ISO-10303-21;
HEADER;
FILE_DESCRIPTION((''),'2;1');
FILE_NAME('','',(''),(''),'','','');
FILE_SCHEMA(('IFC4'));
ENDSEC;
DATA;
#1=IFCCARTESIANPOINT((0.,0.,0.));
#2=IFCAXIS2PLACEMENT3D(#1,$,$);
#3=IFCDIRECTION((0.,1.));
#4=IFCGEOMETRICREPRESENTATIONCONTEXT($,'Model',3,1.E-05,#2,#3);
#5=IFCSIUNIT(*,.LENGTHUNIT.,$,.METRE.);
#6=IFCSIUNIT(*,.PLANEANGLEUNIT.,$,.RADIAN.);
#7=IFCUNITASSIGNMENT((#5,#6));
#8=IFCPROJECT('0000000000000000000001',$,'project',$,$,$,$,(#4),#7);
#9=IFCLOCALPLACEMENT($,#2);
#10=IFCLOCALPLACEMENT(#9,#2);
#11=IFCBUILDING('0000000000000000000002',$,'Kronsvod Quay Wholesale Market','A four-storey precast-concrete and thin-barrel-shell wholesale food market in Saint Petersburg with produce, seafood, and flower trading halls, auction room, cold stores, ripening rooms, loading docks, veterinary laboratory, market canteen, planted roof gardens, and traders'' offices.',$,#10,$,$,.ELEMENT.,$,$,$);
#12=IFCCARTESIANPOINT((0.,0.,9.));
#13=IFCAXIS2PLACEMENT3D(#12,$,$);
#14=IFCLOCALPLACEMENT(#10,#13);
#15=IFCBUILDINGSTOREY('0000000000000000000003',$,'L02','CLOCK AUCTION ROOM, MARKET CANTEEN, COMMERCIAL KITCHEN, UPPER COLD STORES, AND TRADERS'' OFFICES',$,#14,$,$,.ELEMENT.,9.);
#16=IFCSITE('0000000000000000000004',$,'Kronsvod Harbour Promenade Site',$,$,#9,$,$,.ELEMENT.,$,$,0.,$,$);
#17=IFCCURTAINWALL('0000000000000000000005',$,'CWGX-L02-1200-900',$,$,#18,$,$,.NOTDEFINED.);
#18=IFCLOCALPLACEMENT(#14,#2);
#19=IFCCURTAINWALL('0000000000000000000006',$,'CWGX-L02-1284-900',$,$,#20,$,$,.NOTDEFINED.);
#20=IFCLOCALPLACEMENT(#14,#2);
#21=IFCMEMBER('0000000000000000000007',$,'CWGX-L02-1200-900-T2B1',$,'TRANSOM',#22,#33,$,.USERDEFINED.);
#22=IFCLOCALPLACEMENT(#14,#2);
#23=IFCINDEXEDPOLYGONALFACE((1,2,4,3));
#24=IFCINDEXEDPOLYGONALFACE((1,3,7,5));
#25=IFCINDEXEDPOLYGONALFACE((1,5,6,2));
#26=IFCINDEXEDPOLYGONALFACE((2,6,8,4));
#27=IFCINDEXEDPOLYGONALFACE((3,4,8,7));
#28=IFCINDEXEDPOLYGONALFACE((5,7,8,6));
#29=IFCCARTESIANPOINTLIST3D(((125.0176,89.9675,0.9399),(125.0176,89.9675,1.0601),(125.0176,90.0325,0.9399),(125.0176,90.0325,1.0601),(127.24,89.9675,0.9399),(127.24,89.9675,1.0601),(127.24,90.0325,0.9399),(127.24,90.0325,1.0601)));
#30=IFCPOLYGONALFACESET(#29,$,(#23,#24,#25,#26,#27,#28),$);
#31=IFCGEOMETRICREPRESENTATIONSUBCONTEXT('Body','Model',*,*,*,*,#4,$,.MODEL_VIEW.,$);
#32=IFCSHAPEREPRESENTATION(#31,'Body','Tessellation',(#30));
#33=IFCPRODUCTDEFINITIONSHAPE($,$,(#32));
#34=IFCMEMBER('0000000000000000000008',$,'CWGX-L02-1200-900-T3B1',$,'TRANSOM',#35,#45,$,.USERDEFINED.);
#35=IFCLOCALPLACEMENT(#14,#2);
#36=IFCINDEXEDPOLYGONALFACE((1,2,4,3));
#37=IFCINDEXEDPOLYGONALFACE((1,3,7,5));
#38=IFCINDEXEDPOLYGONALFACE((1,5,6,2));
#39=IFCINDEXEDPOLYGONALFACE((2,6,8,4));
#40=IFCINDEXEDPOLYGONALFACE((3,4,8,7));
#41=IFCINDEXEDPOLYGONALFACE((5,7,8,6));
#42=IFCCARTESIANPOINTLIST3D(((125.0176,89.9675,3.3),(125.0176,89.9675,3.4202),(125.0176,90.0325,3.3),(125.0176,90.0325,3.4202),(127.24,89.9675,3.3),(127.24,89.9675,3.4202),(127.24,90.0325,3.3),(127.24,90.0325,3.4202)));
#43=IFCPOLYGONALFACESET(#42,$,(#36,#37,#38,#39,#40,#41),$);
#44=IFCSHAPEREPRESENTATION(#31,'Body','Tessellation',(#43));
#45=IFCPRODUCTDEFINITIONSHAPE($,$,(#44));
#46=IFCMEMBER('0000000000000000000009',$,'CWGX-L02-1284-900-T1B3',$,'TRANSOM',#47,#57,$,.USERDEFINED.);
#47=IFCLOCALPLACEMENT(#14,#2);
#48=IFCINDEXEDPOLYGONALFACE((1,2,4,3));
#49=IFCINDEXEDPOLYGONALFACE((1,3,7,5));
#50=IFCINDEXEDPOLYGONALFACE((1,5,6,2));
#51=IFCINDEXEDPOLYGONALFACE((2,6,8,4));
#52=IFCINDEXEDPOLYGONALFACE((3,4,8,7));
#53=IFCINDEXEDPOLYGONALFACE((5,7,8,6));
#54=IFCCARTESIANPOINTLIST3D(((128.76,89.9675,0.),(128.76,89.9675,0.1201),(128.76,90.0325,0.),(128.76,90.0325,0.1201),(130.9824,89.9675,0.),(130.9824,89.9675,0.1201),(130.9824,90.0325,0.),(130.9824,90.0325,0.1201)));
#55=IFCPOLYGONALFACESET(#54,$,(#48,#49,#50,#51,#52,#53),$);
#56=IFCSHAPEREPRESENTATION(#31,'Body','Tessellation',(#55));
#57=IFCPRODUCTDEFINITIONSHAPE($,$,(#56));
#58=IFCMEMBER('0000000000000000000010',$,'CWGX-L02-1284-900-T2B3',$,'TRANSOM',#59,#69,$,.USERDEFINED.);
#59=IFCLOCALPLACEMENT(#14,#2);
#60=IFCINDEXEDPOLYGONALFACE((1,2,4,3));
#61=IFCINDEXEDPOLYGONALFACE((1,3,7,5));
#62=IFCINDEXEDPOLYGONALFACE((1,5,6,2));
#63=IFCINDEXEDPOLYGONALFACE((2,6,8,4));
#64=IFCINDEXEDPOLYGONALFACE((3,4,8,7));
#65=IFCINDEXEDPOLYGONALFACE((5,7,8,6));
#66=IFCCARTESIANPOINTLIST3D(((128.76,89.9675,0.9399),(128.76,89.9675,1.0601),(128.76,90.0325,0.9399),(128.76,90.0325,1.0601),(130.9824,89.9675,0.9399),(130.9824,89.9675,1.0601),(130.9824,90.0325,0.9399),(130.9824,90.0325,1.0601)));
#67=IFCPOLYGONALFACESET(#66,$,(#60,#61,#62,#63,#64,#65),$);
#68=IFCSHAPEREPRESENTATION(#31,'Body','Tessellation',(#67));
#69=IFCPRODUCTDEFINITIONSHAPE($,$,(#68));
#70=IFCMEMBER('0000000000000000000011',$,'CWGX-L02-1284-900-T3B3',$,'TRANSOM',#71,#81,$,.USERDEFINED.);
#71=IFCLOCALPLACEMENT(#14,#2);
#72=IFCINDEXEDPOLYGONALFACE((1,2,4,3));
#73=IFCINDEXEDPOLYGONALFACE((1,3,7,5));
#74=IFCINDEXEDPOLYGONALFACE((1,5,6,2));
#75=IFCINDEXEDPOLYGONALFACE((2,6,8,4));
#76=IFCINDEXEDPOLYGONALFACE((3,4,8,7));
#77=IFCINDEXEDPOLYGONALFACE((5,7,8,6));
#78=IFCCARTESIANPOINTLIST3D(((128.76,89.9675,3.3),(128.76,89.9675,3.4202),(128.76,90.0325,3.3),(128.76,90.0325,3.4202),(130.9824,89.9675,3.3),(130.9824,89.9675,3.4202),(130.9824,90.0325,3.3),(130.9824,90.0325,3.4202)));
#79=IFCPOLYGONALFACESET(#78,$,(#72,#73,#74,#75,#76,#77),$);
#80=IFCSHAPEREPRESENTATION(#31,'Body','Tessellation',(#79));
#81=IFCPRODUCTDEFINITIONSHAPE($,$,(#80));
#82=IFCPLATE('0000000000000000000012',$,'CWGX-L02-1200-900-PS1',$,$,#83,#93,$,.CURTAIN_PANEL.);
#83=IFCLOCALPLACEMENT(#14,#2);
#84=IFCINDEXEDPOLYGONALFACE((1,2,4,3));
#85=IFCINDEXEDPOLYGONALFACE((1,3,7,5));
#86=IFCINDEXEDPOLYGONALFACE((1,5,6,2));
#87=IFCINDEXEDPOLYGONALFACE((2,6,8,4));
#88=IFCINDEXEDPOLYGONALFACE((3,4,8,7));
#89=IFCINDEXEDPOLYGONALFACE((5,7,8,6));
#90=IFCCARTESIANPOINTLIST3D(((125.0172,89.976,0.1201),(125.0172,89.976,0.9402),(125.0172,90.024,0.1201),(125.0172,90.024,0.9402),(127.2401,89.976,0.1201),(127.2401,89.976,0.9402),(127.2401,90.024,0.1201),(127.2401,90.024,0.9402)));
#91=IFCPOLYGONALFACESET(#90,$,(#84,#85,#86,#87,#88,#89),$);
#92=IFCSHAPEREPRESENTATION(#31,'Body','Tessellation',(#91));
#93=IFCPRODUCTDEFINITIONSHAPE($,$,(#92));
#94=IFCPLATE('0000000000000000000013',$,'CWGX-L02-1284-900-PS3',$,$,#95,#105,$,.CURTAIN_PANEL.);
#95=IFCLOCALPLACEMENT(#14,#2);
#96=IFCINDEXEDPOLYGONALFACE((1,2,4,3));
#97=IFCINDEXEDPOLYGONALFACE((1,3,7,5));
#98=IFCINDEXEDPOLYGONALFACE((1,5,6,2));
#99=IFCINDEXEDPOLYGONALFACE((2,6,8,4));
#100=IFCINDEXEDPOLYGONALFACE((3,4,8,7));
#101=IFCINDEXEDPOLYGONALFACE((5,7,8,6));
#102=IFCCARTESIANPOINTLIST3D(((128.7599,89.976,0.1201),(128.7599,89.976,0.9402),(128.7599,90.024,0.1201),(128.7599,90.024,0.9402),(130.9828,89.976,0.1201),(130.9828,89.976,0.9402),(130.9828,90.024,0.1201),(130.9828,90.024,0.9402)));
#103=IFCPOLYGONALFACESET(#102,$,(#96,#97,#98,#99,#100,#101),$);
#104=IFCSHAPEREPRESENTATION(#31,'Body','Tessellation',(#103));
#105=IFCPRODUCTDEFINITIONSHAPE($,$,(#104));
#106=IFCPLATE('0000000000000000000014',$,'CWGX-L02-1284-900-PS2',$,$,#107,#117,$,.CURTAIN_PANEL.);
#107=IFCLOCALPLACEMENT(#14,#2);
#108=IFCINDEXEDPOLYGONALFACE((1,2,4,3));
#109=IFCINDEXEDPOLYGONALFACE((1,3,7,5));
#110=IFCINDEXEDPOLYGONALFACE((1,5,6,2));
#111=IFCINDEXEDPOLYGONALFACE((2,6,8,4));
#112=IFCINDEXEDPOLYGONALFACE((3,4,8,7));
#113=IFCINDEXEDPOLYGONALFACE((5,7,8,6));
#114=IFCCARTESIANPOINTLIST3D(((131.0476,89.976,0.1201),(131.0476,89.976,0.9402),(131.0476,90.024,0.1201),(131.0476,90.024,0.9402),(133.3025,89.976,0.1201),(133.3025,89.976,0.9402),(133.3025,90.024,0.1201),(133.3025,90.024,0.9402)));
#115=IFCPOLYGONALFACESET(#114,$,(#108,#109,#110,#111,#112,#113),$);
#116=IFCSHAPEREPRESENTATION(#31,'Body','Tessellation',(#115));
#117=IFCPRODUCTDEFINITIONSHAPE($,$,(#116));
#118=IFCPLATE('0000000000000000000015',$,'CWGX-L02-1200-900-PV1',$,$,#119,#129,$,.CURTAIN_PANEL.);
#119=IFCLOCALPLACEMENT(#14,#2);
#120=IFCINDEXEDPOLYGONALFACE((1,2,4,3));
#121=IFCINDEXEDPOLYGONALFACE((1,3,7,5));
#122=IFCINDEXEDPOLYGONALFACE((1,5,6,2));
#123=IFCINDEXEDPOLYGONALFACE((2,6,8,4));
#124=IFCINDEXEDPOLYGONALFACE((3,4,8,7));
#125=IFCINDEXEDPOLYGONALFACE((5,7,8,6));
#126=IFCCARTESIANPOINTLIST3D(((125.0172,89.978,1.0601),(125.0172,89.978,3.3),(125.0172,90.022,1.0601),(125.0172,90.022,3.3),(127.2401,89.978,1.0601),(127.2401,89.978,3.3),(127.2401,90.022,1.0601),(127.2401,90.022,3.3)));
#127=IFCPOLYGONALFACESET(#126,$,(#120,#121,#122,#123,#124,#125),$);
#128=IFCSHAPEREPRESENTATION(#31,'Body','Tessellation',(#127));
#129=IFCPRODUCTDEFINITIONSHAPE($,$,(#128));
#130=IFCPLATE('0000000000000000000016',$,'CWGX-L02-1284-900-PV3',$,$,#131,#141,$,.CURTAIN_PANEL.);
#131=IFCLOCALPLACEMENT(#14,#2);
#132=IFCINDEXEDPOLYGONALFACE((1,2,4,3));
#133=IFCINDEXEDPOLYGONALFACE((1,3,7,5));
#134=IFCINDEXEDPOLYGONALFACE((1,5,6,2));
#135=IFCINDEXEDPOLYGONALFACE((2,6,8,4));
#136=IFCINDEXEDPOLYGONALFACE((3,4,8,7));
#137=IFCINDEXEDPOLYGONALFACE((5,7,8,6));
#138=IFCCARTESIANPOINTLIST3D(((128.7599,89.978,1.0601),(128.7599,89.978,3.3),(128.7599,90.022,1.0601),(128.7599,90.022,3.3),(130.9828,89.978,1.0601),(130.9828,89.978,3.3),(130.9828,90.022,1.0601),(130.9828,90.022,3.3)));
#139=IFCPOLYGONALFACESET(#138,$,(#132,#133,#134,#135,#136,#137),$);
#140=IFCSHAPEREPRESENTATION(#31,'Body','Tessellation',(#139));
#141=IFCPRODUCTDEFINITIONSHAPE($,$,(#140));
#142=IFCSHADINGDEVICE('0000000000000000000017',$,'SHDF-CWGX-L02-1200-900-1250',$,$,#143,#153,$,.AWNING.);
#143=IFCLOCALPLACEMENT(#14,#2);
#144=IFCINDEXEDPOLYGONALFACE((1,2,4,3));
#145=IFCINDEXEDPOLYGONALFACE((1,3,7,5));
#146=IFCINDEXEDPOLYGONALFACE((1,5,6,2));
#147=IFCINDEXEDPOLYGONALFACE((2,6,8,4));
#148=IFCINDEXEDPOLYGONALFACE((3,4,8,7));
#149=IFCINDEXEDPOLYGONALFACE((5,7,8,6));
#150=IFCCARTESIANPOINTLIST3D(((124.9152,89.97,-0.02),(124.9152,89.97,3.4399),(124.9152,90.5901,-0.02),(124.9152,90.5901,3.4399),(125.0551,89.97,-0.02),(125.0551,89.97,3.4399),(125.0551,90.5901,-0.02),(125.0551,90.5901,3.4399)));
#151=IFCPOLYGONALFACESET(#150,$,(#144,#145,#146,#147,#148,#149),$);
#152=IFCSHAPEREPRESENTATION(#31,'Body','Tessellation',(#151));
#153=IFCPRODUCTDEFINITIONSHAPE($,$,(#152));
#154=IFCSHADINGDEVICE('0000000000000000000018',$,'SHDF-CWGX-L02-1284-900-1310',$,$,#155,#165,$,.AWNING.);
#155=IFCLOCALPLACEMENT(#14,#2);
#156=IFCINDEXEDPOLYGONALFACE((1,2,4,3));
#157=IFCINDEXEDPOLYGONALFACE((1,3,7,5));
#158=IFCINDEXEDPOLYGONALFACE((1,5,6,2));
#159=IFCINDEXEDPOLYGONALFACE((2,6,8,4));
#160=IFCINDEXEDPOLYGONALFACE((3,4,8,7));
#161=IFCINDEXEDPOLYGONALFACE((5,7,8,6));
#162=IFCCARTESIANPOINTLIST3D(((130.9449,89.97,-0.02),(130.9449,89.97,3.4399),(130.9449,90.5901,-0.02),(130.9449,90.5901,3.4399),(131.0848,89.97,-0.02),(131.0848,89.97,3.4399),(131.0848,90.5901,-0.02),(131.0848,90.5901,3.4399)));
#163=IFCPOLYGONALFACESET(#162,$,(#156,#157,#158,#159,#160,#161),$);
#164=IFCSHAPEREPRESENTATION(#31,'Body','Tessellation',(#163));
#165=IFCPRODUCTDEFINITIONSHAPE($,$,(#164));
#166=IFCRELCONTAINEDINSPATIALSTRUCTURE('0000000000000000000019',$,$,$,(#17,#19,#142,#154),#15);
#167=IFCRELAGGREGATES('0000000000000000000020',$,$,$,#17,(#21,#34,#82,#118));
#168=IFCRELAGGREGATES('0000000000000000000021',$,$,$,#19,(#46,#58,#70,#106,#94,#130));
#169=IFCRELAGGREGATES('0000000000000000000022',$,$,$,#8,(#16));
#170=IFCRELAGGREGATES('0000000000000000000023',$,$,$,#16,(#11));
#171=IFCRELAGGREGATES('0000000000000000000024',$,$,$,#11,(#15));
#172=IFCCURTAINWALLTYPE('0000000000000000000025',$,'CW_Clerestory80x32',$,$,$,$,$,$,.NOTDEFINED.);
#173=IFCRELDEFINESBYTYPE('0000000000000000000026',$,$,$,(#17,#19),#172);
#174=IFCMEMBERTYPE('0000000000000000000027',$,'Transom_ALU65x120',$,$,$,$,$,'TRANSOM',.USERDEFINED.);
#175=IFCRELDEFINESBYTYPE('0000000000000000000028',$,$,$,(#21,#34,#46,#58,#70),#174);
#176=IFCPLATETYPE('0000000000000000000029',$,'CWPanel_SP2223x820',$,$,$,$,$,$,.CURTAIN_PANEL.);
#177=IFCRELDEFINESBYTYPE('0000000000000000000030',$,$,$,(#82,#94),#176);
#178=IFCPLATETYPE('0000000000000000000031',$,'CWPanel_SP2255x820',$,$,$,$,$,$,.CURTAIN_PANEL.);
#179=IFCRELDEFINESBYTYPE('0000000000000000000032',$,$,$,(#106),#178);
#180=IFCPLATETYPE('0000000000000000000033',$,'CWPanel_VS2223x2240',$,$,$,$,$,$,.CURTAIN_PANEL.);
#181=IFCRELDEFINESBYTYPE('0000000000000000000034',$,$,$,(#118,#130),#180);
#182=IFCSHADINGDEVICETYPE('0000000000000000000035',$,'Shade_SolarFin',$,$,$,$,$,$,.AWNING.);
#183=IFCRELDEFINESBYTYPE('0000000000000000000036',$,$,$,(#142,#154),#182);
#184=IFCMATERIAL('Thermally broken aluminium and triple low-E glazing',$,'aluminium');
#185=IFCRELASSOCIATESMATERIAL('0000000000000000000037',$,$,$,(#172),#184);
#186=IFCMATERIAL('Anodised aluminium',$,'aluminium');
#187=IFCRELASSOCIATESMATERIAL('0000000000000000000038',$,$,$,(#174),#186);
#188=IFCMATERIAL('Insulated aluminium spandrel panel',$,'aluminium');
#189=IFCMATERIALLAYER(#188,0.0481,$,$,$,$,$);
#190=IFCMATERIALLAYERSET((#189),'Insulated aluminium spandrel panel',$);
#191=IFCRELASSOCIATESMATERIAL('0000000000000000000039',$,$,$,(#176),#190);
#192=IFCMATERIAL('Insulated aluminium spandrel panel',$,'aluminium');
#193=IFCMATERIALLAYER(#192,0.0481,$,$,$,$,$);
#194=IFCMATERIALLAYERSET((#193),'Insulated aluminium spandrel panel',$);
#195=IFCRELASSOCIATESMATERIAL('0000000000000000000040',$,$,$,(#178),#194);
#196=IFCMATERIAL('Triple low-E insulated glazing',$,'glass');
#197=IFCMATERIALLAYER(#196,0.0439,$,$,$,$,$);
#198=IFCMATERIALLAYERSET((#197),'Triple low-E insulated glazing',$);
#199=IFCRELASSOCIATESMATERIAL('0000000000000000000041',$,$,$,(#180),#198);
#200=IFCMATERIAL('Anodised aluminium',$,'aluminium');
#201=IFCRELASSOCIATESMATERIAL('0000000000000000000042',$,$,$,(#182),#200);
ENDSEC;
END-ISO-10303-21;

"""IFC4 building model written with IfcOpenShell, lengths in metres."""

from ifc_helpers import new_model, si_unit, direction, frame, origin, origin_2d, place, context, subcontext, project, spatial, rectangle, extrude, material, layer, layer_set, material_profile, profile_set, type_object, element, aggregate, save


model = new_model("IFC4")

# Units and contexts
model_context = context("Model", 3, precision=1e-05, world=origin(), true_north=direction((0.0, 1.0)))
body_context = subcontext(model_context, "Body", "Model", "MODEL_VIEW")
ifc_project = project(units=[si_unit("LENGTHUNIT", "METRE"), si_unit("PLANEANGLEUNIT", "RADIAN")], contexts=[model_context])

# Site, building, storey
site_placement = place(None, origin())
site = spatial("IfcSite", under=ifc_project, at=site_placement, Name="Kronsvod Harbour Promenade Site", CompositionType="ELEMENT", RefElevation=0.0)
building_placement = place(site_placement, origin())
building = spatial("IfcBuilding", under=site, at=building_placement, Name="Kronsvod Quay Wholesale Market", Description="A four-storey precast-concrete and thin-barrel-shell wholesale food market in Saint Petersburg with produce, seafood, and flower trading halls, auction room, cold stores, ripening rooms, loading docks, veterinary laboratory, market canteen, planted roof gardens, and traders' offices.", CompositionType="ELEMENT")
storey_placement = place(building_placement, frame((0.0, 0.0, 9.0)))
storey = spatial("IfcBuildingStorey", under=building, at=storey_placement, Name="L02", Description="CLOCK AUCTION ROOM, MARKET CANTEEN, COMMERCIAL KITCHEN, UPPER COLD STORES, AND TRADERS' OFFICES", CompositionType="ELEMENT", Elevation=9.0)

# Curtain walls
ifc_material_1 = material(Name="Thermally broken aluminium and triple low-E glazing", Category="aluminium")
curtain_wall_type = type_object("IfcCurtainWallType", Name="CW_Clerestory80x32", PredefinedType="NOTDEFINED", material=ifc_material_1)
curtain_wall_1_placement = place(storey_placement, origin())
curtain_wall_1 = element("IfcCurtainWall", 1, at=curtain_wall_1_placement, inside=storey, type_object=curtain_wall_type, Name="CWGX-L02-1200-900", PredefinedType="NOTDEFINED")
curtain_wall_2_placement = place(storey_placement, origin())
curtain_wall_2 = element("IfcCurtainWall", 2, at=curtain_wall_2_placement, inside=storey, type_object=curtain_wall_type, Name="CWGX-L02-1284-900", PredefinedType="NOTDEFINED")

# Members
ifc_material_2 = material(Name="Anodised aluminium", Category="aluminium")
ifc_material_profile_1 = material_profile(ifc_material_2, rectangle(XDim=0.0649, YDim=0.1201, at=origin_2d()), Name="ALUT65x120")
ifc_profile_set_1 = profile_set([ifc_material_profile_1], Name="Anodised aluminium")
member_type_1 = type_object("IfcMemberType", Name="Transom_ALU65x120", ElementType="TRANSOM", PredefinedType="USERDEFINED", material=ifc_profile_set_1)
member_1_placement = place(storey_placement, frame((127.24, 90.0, 1.0), z_axis=(-1.0, 0.0, 0.0), x_axis=(0.0, -1.0, 0.0)))
member_1 = element("IfcMember", 3, at=member_1_placement, type_object=member_type_1, Name="CWGX-L02-1200-900-T2B1", ObjectType="TRANSOM", PredefinedType="USERDEFINED", context=body_context, shape_type="SweptSolid", body=[
    extrude(rectangle(XDim=0.0649, YDim=0.1201, at=origin_2d()), origin(), (0.0, 0.0, 1.0), 2.2224),
])
member_2_placement = place(storey_placement, frame((127.24, 90.0, 3.3601), z_axis=(-1.0, 0.0, 0.0), x_axis=(0.0, -1.0, 0.0)))
member_2 = element("IfcMember", 4, at=member_2_placement, type_object=member_type_1, Name="CWGX-L02-1200-900-T3B1", ObjectType="TRANSOM", PredefinedType="USERDEFINED", context=body_context, shape_type="SweptSolid", body=[
    extrude(rectangle(XDim=0.0649, YDim=0.1201, at=origin_2d()), origin(), (0.0, 0.0, 1.0), 2.2224),
])
member_3_placement = place(storey_placement, frame((130.9824, 90.0, 0.0601), z_axis=(-1.0, 0.0, 0.0), x_axis=(0.0, -1.0, 0.0)))
member_3 = element("IfcMember", 5, at=member_3_placement, type_object=member_type_1, Name="CWGX-L02-1284-900-T1B3", ObjectType="TRANSOM", PredefinedType="USERDEFINED", context=body_context, shape_type="SweptSolid", body=[
    extrude(rectangle(XDim=0.0649, YDim=0.1201, at=origin_2d()), origin(), (0.0, 0.0, 1.0), 2.2224),
])
member_4_placement = place(storey_placement, frame((130.9824, 90.0, 1.0), z_axis=(-1.0, 0.0, 0.0), x_axis=(0.0, -1.0, 0.0)))
member_4 = element("IfcMember", 6, at=member_4_placement, type_object=member_type_1, Name="CWGX-L02-1284-900-T2B3", ObjectType="TRANSOM", PredefinedType="USERDEFINED", context=body_context, shape_type="SweptSolid", body=[
    extrude(rectangle(XDim=0.0649, YDim=0.1201, at=origin_2d()), origin(), (0.0, 0.0, 1.0), 2.2224),
])
member_5_placement = place(storey_placement, frame((130.9824, 90.0, 3.3601), z_axis=(-1.0, 0.0, 0.0), x_axis=(0.0, -1.0, 0.0)))
member_5 = element("IfcMember", 7, at=member_5_placement, type_object=member_type_1, Name="CWGX-L02-1284-900-T3B3", ObjectType="TRANSOM", PredefinedType="USERDEFINED", context=body_context, shape_type="SweptSolid", body=[
    extrude(rectangle(XDim=0.0649, YDim=0.1201, at=origin_2d()), origin(), (0.0, 0.0, 1.0), 2.2224),
])

# Plates
ifc_material_3 = material(Name="Insulated aluminium spandrel panel", Category="aluminium")
ifc_layer_1 = layer(ifc_material_3, 0.0481)
ifc_layer_set_1 = layer_set([ifc_layer_1], Name="Insulated aluminium spandrel panel")
plate_type_1 = type_object("IfcPlateType", Name="CWPanel_SP2223x820", PredefinedType="CURTAIN_PANEL", material=ifc_layer_set_1)
plate_1_placement = place(storey_placement, frame((126.1287, 90.0, 0.1201), z_axis=(0.0, 0.0, 1.0), x_axis=(-1.0, 0.0, 0.0)))
plate_1 = element("IfcPlate", 8, at=plate_1_placement, type_object=plate_type_1, Name="CWGX-L02-1200-900-PS1", PredefinedType="CURTAIN_PANEL", context=body_context, shape_type="SweptSolid", body=[
    extrude(rectangle(XDim=2.2229, YDim=0.0481, at=origin_2d()), origin(), (0.0, 0.0, 1.0), 0.8201),
])
plate_2_placement = place(storey_placement, frame((129.8713, 90.0, 0.1201), z_axis=(0.0, 0.0, 1.0), x_axis=(-1.0, 0.0, 0.0)))
plate_2 = element("IfcPlate", 9, at=plate_2_placement, type_object=plate_type_1, Name="CWGX-L02-1284-900-PS3", PredefinedType="CURTAIN_PANEL", context=body_context, shape_type="SweptSolid", body=[
    extrude(rectangle(XDim=2.2229, YDim=0.0481, at=origin_2d()), origin(), (0.0, 0.0, 1.0), 0.8201),
])
ifc_material_4 = material(Name="Insulated aluminium spandrel panel", Category="aluminium")
ifc_layer_2 = layer(ifc_material_4, 0.0481)
ifc_layer_set_2 = layer_set([ifc_layer_2], Name="Insulated aluminium spandrel panel")
plate_type_2 = type_object("IfcPlateType", Name="CWPanel_SP2255x820", PredefinedType="CURTAIN_PANEL", material=ifc_layer_set_2)
plate_3_placement = place(storey_placement, frame((132.175, 90.0, 0.1201), z_axis=(0.0, 0.0, 1.0), x_axis=(-1.0, 0.0, 0.0)))
plate_3 = element("IfcPlate", 10, at=plate_3_placement, type_object=plate_type_2, Name="CWGX-L02-1284-900-PS2", PredefinedType="CURTAIN_PANEL", context=body_context, shape_type="SweptSolid", body=[
    extrude(rectangle(XDim=2.2549, YDim=0.0481, at=origin_2d()), origin(), (0.0, 0.0, 1.0), 0.8201),
])
ifc_material_5 = material(Name="Triple low-E insulated glazing", Category="glass")
ifc_layer_3 = layer(ifc_material_5, 0.0439)
ifc_layer_set_3 = layer_set([ifc_layer_3], Name="Triple low-E insulated glazing")
plate_type_3 = type_object("IfcPlateType", Name="CWPanel_VS2223x2240", PredefinedType="CURTAIN_PANEL", material=ifc_layer_set_3)
plate_4_placement = place(storey_placement, frame((126.1287, 90.0, 1.0601), z_axis=(0.0, 0.0, 1.0), x_axis=(-1.0, 0.0, 0.0)))
plate_4 = element("IfcPlate", 11, at=plate_4_placement, type_object=plate_type_3, Name="CWGX-L02-1200-900-PV1", PredefinedType="CURTAIN_PANEL", context=body_context, shape_type="SweptSolid", body=[
    extrude(rectangle(XDim=2.2229, YDim=0.0439, at=origin_2d()), origin(), (0.0, 0.0, 1.0), 2.24),
])
aggregate(curtain_wall_1, [member_1, member_2, plate_1, plate_4])
plate_5_placement = place(storey_placement, frame((129.8713, 90.0, 1.0601), z_axis=(0.0, 0.0, 1.0), x_axis=(-1.0, 0.0, 0.0)))
plate_5 = element("IfcPlate", 12, at=plate_5_placement, type_object=plate_type_3, Name="CWGX-L02-1284-900-PV3", PredefinedType="CURTAIN_PANEL", context=body_context, shape_type="SweptSolid", body=[
    extrude(rectangle(XDim=2.2229, YDim=0.0439, at=origin_2d()), origin(), (0.0, 0.0, 1.0), 2.24),
])
aggregate(curtain_wall_2, [member_3, member_4, member_5, plate_3, plate_2, plate_5])

# Shading devices
ifc_material_6 = material(Name="Anodised aluminium", Category="aluminium")
shading_device_type = type_object("IfcShadingDeviceType", Name="Shade_SolarFin", PredefinedType="AWNING", material=ifc_material_6)
for number, where, z_axis, x_axis, name in (
    (13, (124.9851, 90.28, -0.02), (0.0, 0.0, 1.0), (1.0, 0.0, 0.0), "SHDF-CWGX-L02-1200-900-1250"),
    (14, (131.0149, 90.28, -0.02), (0.0, 0.0, 1.0), (1.0, 0.0, 0.0), "SHDF-CWGX-L02-1284-900-1310"),
):
    element("IfcShadingDevice", number, at=place(storey_placement, frame(where, z_axis=z_axis, x_axis=x_axis)), inside=storey, type_object=shading_device_type, Name=name, PredefinedType="AWNING", context=body_context, shape_type="SweptSolid", body=[
        extrude(rectangle(XDim=0.1399, YDim=0.6201, at=origin_2d()), origin(), (0.0, 0.0, 1.0), 3.46),
    ])

save(model, "model.ifc")
